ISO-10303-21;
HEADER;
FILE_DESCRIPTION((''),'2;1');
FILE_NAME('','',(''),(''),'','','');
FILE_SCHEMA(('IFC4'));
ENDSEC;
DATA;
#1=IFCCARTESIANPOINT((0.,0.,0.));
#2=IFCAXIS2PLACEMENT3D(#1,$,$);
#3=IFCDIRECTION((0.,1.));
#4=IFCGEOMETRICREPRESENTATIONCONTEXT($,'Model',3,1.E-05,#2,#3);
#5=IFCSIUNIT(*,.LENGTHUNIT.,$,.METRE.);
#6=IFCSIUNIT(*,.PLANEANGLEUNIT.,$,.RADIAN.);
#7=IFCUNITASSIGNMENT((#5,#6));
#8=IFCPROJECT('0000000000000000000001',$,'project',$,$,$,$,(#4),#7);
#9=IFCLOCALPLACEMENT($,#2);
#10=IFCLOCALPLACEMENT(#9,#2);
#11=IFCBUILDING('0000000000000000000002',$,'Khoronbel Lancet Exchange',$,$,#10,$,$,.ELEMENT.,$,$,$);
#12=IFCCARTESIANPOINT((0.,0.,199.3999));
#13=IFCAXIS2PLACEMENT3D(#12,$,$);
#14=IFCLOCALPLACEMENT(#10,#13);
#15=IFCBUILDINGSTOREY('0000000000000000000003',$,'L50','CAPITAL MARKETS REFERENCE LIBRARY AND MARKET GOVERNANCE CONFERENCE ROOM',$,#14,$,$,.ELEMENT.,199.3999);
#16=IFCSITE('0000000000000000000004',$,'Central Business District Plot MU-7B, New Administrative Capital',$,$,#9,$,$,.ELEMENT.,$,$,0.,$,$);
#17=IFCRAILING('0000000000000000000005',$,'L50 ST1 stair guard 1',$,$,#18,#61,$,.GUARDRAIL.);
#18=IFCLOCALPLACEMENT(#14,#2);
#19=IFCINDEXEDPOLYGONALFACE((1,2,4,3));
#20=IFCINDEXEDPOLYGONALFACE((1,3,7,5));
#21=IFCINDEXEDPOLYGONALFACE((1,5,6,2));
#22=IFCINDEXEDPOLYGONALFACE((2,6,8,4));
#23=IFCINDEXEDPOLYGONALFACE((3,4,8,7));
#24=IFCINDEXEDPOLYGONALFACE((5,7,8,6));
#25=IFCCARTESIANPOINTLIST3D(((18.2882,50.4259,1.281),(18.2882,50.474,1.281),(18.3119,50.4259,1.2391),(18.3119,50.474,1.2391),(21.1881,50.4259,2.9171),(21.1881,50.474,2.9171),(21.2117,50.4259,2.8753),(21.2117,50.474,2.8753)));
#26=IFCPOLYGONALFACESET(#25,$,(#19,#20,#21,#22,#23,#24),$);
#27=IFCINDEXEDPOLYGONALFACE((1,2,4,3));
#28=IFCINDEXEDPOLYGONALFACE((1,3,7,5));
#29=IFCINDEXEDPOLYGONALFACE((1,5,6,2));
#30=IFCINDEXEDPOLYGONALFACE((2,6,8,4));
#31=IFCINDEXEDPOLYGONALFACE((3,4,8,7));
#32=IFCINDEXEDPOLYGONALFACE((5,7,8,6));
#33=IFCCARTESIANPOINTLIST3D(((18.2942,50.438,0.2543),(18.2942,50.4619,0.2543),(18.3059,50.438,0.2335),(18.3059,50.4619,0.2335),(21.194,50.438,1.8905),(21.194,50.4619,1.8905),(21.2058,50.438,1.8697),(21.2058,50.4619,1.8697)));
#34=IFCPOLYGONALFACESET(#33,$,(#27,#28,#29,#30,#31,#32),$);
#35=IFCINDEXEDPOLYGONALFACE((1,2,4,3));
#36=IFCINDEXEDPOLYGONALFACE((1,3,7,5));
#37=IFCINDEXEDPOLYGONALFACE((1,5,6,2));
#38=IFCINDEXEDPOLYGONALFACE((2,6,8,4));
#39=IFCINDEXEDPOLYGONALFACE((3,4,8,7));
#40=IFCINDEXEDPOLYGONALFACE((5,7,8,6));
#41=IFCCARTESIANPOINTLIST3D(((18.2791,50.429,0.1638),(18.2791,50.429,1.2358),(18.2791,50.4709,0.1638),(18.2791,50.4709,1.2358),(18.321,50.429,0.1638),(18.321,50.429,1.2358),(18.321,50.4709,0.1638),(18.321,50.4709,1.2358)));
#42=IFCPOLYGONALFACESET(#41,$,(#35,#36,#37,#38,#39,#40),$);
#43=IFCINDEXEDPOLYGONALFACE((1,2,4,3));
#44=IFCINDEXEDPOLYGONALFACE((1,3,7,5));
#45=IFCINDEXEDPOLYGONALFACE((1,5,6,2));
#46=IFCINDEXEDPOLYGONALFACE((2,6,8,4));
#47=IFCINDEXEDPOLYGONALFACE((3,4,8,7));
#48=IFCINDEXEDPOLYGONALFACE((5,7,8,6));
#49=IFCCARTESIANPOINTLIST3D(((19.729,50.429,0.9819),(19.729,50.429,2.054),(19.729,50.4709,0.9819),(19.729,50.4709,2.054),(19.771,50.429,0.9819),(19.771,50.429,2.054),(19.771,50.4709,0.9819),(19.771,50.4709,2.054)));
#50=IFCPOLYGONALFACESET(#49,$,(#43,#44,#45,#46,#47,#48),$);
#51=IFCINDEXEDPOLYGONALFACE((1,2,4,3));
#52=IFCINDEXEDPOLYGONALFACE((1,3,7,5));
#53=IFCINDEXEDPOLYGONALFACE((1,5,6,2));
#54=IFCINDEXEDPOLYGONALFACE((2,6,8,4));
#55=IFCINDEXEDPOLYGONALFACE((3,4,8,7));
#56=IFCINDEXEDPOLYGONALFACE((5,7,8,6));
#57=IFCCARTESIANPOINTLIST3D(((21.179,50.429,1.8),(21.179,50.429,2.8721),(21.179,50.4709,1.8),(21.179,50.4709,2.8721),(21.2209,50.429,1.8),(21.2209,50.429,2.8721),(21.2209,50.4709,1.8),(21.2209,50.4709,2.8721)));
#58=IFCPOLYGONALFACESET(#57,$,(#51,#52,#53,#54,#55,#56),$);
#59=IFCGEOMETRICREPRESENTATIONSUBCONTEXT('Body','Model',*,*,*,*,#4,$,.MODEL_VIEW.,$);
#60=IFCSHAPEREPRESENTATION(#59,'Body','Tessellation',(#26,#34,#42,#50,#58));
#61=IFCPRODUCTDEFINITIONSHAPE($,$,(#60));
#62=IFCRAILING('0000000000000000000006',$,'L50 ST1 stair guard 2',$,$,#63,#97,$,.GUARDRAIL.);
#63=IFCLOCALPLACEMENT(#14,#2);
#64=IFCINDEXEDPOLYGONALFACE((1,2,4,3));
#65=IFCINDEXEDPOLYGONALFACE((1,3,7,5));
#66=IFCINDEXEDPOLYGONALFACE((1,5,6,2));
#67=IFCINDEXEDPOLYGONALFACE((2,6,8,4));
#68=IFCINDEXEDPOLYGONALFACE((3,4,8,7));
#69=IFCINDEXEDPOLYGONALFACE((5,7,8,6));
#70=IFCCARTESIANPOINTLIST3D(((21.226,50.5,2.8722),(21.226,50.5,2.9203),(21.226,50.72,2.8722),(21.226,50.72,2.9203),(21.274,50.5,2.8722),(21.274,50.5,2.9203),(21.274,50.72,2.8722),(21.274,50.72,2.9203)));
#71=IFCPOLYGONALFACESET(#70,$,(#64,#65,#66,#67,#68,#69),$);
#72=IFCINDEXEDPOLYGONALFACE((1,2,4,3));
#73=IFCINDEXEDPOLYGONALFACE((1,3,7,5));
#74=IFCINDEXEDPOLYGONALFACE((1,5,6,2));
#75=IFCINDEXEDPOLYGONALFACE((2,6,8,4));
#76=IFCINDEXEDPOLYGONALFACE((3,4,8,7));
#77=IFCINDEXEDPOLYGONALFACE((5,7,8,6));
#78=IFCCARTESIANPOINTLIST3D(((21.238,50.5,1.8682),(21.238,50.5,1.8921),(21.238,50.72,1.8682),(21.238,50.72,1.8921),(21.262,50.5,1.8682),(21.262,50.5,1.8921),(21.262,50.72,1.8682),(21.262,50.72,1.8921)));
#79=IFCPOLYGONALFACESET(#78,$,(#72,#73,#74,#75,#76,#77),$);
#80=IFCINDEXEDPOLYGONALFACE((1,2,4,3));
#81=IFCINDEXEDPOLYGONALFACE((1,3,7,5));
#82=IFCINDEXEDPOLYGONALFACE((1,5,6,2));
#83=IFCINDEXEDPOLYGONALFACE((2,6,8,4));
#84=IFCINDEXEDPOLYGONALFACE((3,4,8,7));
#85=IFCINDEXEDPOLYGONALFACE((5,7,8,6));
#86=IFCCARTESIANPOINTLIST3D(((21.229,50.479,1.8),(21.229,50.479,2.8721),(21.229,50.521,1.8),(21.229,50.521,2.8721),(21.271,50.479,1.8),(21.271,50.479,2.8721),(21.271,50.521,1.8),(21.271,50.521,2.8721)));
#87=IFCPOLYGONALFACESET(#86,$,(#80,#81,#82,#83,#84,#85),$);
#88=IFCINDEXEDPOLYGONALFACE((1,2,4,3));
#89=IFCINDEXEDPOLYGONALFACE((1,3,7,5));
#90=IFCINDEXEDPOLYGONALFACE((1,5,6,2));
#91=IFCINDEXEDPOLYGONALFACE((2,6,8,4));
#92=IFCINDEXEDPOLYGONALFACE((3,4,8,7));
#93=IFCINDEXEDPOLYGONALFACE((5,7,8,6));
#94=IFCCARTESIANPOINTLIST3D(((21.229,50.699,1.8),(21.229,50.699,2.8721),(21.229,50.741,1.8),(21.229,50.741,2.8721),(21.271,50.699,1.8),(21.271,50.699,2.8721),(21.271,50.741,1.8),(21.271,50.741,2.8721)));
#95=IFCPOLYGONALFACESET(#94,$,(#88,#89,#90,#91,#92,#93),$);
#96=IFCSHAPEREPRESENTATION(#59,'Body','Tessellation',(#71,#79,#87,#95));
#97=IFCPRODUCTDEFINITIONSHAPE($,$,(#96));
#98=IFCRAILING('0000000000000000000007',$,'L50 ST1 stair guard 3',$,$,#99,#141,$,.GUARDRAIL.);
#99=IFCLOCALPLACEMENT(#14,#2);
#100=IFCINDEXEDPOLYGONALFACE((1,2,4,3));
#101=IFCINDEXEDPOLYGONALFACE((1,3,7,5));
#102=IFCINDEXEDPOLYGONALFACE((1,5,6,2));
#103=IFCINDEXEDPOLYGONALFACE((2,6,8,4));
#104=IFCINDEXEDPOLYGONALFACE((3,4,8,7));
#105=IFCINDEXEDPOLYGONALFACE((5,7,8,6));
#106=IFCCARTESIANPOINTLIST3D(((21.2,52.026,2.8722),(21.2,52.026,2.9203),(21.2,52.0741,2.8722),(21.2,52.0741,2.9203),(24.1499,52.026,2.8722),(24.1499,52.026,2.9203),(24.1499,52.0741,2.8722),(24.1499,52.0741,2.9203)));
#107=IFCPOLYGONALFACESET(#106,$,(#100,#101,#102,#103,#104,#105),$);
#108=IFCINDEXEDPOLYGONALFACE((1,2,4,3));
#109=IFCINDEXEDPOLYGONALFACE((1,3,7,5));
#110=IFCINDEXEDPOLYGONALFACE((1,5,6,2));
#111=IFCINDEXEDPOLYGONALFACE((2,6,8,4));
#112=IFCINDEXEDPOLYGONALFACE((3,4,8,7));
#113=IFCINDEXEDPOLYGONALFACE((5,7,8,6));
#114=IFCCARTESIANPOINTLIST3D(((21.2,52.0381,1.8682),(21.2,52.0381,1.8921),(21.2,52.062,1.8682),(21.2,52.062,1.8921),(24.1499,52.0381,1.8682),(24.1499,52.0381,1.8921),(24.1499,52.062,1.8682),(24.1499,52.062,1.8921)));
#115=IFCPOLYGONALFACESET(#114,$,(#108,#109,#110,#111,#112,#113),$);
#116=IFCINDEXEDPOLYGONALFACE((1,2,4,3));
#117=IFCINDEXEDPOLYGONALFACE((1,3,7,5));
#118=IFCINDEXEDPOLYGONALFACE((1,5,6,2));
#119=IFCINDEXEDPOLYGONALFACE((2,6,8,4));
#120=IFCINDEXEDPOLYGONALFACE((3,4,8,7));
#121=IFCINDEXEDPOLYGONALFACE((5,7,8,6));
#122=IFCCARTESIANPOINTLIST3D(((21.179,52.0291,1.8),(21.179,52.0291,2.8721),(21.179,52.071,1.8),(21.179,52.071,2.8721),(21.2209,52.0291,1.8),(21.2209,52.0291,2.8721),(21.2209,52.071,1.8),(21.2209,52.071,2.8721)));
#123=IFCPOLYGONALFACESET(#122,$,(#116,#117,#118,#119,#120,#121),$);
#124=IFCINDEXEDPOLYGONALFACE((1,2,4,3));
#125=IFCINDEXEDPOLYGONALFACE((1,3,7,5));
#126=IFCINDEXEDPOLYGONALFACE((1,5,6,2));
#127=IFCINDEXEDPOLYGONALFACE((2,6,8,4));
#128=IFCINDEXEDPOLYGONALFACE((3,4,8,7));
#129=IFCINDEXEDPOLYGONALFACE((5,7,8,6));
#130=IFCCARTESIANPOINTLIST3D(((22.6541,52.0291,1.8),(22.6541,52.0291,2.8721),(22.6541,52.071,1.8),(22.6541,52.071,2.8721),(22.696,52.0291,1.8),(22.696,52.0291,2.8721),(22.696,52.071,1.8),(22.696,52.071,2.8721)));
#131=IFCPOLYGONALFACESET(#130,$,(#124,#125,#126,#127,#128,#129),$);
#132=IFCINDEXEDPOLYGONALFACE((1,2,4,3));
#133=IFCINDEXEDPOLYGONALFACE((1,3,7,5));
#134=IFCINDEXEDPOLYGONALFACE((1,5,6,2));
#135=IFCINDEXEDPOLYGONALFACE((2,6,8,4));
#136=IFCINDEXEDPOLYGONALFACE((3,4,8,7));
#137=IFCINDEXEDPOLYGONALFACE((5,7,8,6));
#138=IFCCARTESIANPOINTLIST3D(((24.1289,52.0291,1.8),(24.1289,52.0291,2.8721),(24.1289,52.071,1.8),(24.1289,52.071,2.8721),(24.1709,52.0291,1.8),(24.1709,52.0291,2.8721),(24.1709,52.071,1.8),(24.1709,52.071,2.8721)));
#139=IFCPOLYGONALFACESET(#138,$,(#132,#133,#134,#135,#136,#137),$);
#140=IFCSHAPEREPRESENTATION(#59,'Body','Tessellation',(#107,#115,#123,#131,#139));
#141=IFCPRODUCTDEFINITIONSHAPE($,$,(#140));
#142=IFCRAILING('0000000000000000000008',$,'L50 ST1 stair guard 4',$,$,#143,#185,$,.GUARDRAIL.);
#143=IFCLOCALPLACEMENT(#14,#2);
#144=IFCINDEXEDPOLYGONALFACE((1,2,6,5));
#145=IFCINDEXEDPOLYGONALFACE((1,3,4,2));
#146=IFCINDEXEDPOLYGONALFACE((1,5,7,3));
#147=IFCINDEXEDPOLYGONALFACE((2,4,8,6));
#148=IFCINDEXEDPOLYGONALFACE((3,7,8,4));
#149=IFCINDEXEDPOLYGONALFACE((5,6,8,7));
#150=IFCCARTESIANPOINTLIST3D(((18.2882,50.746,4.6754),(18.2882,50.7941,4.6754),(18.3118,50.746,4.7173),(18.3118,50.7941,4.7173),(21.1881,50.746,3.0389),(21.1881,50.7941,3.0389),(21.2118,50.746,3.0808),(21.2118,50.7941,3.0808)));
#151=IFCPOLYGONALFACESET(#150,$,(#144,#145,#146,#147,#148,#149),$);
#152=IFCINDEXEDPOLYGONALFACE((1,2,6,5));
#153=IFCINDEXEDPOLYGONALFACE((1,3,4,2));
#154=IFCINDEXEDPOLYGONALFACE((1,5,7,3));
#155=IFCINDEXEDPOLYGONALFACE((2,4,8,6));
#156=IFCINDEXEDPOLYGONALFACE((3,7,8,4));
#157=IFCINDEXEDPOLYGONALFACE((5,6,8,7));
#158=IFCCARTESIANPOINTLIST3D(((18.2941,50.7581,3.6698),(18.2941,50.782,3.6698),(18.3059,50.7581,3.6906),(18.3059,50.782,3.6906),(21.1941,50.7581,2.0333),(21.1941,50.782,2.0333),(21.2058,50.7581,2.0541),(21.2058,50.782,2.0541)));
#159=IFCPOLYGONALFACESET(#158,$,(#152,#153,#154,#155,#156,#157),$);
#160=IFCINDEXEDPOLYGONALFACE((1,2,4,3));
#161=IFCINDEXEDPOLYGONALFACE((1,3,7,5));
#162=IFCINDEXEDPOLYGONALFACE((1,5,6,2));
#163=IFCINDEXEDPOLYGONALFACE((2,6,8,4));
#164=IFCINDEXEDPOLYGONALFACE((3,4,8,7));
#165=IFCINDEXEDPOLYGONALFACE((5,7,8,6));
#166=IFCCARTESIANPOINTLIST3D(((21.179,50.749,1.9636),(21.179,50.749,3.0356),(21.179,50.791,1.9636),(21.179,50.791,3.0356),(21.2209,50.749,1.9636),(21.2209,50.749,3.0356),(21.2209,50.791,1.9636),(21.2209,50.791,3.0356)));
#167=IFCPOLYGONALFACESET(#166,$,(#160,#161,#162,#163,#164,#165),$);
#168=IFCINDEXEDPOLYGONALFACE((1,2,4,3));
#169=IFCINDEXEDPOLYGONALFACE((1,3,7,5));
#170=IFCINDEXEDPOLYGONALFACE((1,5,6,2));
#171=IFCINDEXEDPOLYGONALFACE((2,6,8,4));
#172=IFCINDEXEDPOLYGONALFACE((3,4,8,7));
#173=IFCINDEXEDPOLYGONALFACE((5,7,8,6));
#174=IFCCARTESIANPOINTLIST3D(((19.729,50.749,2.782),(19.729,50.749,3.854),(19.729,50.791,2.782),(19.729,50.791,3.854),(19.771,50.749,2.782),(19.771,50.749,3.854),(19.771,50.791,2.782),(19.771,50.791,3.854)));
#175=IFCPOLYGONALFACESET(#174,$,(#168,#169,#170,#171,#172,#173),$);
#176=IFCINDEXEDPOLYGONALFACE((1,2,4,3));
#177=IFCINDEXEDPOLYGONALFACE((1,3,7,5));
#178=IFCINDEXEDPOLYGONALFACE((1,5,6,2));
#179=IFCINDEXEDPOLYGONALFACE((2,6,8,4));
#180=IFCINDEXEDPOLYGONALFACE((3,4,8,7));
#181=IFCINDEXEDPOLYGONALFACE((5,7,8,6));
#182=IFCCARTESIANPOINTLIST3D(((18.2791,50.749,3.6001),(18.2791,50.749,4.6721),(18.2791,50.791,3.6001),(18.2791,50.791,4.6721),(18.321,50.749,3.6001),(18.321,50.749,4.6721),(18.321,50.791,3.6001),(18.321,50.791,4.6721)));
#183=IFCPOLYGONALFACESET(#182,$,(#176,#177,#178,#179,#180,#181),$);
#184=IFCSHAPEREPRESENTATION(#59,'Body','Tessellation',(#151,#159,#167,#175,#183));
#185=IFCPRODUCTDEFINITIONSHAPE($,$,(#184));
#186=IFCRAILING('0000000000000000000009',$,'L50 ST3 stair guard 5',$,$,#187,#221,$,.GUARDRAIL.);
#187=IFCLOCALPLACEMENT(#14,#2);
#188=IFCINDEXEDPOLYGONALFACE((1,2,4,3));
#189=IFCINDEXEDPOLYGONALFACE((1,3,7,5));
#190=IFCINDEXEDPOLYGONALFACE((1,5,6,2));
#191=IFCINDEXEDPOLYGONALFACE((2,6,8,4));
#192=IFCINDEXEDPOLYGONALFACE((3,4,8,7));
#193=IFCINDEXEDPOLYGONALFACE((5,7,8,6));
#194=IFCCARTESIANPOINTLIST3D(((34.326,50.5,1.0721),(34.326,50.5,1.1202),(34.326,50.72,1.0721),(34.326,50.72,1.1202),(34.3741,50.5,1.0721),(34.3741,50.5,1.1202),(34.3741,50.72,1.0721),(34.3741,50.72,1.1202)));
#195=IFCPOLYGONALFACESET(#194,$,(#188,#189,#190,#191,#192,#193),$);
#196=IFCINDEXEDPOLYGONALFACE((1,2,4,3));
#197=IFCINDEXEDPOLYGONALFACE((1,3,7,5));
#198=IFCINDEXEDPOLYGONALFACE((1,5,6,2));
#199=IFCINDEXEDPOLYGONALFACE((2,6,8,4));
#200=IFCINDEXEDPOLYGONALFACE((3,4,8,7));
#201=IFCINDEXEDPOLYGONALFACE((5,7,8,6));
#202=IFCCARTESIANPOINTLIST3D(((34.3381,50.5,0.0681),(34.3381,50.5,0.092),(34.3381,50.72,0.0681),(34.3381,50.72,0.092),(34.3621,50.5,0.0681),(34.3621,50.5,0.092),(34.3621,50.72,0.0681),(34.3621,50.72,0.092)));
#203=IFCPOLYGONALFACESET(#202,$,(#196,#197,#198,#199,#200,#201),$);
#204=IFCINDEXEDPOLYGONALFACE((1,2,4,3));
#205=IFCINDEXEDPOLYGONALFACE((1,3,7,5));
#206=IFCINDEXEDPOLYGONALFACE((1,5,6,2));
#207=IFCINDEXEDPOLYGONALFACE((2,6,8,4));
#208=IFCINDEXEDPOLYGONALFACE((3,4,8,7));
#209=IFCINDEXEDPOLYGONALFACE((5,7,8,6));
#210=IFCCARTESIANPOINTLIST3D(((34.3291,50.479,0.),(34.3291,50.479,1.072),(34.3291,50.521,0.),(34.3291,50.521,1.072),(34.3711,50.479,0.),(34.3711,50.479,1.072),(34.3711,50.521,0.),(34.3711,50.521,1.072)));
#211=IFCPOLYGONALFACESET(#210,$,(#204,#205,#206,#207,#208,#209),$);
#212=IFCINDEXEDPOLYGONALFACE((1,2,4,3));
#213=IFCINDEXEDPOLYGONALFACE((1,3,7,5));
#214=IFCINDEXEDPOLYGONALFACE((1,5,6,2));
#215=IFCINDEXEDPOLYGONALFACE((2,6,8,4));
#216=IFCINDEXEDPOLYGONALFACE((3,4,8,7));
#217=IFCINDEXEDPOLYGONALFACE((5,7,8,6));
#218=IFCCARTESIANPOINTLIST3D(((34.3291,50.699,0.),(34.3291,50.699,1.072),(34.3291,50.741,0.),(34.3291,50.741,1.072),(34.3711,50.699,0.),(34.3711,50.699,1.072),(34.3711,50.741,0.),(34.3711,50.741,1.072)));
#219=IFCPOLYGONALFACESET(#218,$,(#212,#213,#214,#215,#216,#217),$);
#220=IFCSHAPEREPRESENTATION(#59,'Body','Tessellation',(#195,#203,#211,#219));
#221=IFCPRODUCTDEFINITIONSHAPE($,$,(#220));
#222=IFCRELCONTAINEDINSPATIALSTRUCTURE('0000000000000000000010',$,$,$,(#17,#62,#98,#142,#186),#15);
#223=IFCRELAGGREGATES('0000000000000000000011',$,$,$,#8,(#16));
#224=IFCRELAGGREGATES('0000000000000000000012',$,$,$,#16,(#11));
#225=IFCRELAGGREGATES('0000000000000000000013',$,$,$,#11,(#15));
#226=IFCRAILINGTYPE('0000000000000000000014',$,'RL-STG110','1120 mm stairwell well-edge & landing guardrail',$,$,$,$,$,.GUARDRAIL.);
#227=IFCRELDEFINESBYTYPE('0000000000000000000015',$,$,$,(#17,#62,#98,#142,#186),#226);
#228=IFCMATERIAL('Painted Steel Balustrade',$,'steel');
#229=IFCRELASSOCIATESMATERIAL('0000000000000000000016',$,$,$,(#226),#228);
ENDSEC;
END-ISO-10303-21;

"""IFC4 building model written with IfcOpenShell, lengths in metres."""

from ifc_helpers import new_model, si_unit, direction, frame, origin, origin_2d, place, context, subcontext, project, spatial, rectangle, extrude, material, type_object, element, save


model = new_model("IFC4")

# Units and contexts
model_context = context("Model", 3, precision=1e-05, world=origin(), true_north=direction((0.0, 1.0)))
body_context = subcontext(model_context, "Body", "Model", "MODEL_VIEW")
ifc_project = project(units=[si_unit("LENGTHUNIT", "METRE"), si_unit("PLANEANGLEUNIT", "RADIAN")], contexts=[model_context])

# Site, building, storey
site_placement = place(None, origin())
site = spatial("IfcSite", under=ifc_project, at=site_placement, Name="Central Business District Plot MU-7B, New Administrative Capital", CompositionType="ELEMENT", RefElevation=0.0)
building_placement = place(site_placement, origin())
building = spatial("IfcBuilding", under=site, at=building_placement, Name="Khoronbel Lancet Exchange", CompositionType="ELEMENT")
storey_placement = place(building_placement, frame((0.0, 0.0, 199.3999)))
storey = spatial("IfcBuildingStorey", under=building, at=storey_placement, Name="L50", Description="CAPITAL MARKETS REFERENCE LIBRARY AND MARKET GOVERNANCE CONFERENCE ROOM", CompositionType="ELEMENT", Elevation=199.3999)

# Railings
ifc_material_1 = material(Name="Painted Steel Balustrade", Category="steel")
railing_type_1 = type_object("IfcRailingType", Name="RL-STG110", Description="1120 mm stairwell well-edge & landing guardrail", PredefinedType="GUARDRAIL", material=ifc_material_1)
railing_1_placement = place(storey_placement, frame((18.3, 50.45, 0.1638)))
element("IfcRailing", 1, at=railing_1_placement, inside=storey, type_object=railing_type_1, Name="L50 ST1 stair guard 1", PredefinedType="GUARDRAIL", context=body_context, shape_type="SweptSolid", body=[
    extrude(rectangle(XDim=0.0481, YDim=0.0481, at=origin_2d()), frame((0.0, 0.0, 1.0962), z_axis=(0.870929, 0.0, 0.49141), x_axis=(0.0, 1.0, 0.0)), (0.0, 0.0, 1.0), 3.3296),
    extrude(rectangle(XDim=0.0239, YDim=0.0239, at=origin_2d()), frame((0.0, 0.0, 0.0801), z_axis=(0.870929, 0.0, 0.49141), x_axis=(0.0, 1.0, 0.0)), (0.0, 0.0, 1.0), 3.3296),
    extrude(rectangle(XDim=0.042, YDim=0.042, at=origin_2d()), origin(), (0.0, 0.0, 1.0), 1.072),
    extrude(rectangle(XDim=0.042, YDim=0.042, at=origin_2d()), frame((1.45, 0.0, 0.8181)), (0.0, 0.0, 1.0), 1.072),
    extrude(rectangle(XDim=0.042, YDim=0.042, at=origin_2d()), frame((2.8999, 0.0, 1.6362)), (0.0, 0.0, 1.0), 1.072),
])
railing_2_placement = place(storey_placement, frame((21.25, 50.5, 1.8)))
element("IfcRailing", 2, at=railing_2_placement, inside=storey, type_object=railing_type_1, Name="L50 ST1 stair guard 2", PredefinedType="GUARDRAIL", context=body_context, shape_type="SweptSolid", body=[
    extrude(rectangle(XDim=0.0481, YDim=0.0481, at=origin_2d()), frame((0.0, 0.0, 1.0962), z_axis=(0.0, 1.0, 0.0), x_axis=(-1.0, 0.0, 0.0)), (0.0, 0.0, 1.0), 0.22),
    extrude(rectangle(XDim=0.0239, YDim=0.0239, at=origin_2d()), frame((0.0, 0.0, 0.0801), z_axis=(0.0, 1.0, 0.0), x_axis=(-1.0, 0.0, 0.0)), (0.0, 0.0, 1.0), 0.22),
    extrude(rectangle(XDim=0.042, YDim=0.042, at=origin_2d()), origin(), (0.0, 0.0, 1.0), 1.072),
    extrude(rectangle(XDim=0.042, YDim=0.042, at=origin_2d()), frame((0.0, 0.22, 0.0)), (0.0, 0.0, 1.0), 1.072),
])
railing_3_placement = place(storey_placement, frame((21.2, 52.05, 1.8)))
element("IfcRailing", 3, at=railing_3_placement, inside=storey, type_object=railing_type_1, Name="L50 ST1 stair guard 3", PredefinedType="GUARDRAIL", context=body_context, shape_type="SweptSolid", body=[
    extrude(rectangle(XDim=0.0481, YDim=0.0481, at=origin_2d()), frame((0.0, 0.0, 1.0962), z_axis=(1.0, 0.0, 0.0), x_axis=(0.0, 1.0, 0.0)), (0.0, 0.0, 1.0), 2.95),
    extrude(rectangle(XDim=0.0239, YDim=0.0239, at=origin_2d()), frame((0.0, 0.0, 0.0801), z_axis=(1.0, 0.0, 0.0), x_axis=(0.0, 1.0, 0.0)), (0.0, 0.0, 1.0), 2.95),
    extrude(rectangle(XDim=0.042, YDim=0.042, at=origin_2d()), origin(), (0.0, 0.0, 1.0), 1.072),
    extrude(rectangle(XDim=0.042, YDim=0.042, at=origin_2d()), frame((1.4751, 0.0, 0.0)), (0.0, 0.0, 1.0), 1.072),
    extrude(rectangle(XDim=0.042, YDim=0.042, at=origin_2d()), frame((2.95, 0.0, 0.0)), (0.0, 0.0, 1.0), 1.072),
])
railing_4_placement = place(storey_placement, frame((21.2, 50.77, 1.9636)))
element("IfcRailing", 4, at=railing_4_placement, inside=storey, type_object=railing_type_1, Name="L50 ST1 stair guard 4", PredefinedType="GUARDRAIL", context=body_context, shape_type="SweptSolid", body=[
    extrude(rectangle(XDim=0.0481, YDim=0.0481, at=origin_2d()), frame((0.0, 0.0, 1.0962), z_axis=(-0.870897, 0.0, 0.491465), x_axis=(0.0, -1.0, 0.0)), (0.0, 0.0, 1.0), 3.3298),
    extrude(rectangle(XDim=0.0239, YDim=0.0239, at=origin_2d()), frame((0.0, 0.0, 0.0801), z_axis=(-0.870897, 0.0, 0.491465), x_axis=(0.0, -1.0, 0.0)), (0.0, 0.0, 1.0), 3.3298),
    extrude(rectangle(XDim=0.042, YDim=0.042, at=origin_2d()), origin(), (0.0, 0.0, 1.0), 1.072),
    extrude(rectangle(XDim=0.042, YDim=0.042, at=origin_2d()), frame((-1.45, 0.0, 0.8184)), (0.0, 0.0, 1.0), 1.072),
    extrude(rectangle(XDim=0.042, YDim=0.042, at=origin_2d()), frame((-2.8999, 0.0, 1.6365)), (0.0, 0.0, 1.0), 1.072),
])
railing_5_placement = place(storey_placement, frame((34.3501, 50.5, 0.0)))
element("IfcRailing", 5, at=railing_5_placement, inside=storey, type_object=railing_type_1, Name="L50 ST3 stair guard 5", PredefinedType="GUARDRAIL", context=body_context, shape_type="SweptSolid", body=[
    extrude(rectangle(XDim=0.0481, YDim=0.0481, at=origin_2d()), frame((0.0, 0.0, 1.0962), z_axis=(0.0, 1.0, 0.0), x_axis=(-1.0, 0.0, 0.0)), (0.0, 0.0, 1.0), 0.22),
    extrude(rectangle(XDim=0.0239, YDim=0.0239, at=origin_2d()), frame((0.0, 0.0, 0.0801), z_axis=(0.0, 1.0, 0.0), x_axis=(-1.0, 0.0, 0.0)), (0.0, 0.0, 1.0), 0.22),
    extrude(rectangle(XDim=0.042, YDim=0.042, at=origin_2d()), origin(), (0.0, 0.0, 1.0), 1.072),
    extrude(rectangle(XDim=0.042, YDim=0.042, at=origin_2d()), frame((0.0, 0.22, 0.0)), (0.0, 0.0, 1.0), 1.072),
])

save(model, "model.ifc")
